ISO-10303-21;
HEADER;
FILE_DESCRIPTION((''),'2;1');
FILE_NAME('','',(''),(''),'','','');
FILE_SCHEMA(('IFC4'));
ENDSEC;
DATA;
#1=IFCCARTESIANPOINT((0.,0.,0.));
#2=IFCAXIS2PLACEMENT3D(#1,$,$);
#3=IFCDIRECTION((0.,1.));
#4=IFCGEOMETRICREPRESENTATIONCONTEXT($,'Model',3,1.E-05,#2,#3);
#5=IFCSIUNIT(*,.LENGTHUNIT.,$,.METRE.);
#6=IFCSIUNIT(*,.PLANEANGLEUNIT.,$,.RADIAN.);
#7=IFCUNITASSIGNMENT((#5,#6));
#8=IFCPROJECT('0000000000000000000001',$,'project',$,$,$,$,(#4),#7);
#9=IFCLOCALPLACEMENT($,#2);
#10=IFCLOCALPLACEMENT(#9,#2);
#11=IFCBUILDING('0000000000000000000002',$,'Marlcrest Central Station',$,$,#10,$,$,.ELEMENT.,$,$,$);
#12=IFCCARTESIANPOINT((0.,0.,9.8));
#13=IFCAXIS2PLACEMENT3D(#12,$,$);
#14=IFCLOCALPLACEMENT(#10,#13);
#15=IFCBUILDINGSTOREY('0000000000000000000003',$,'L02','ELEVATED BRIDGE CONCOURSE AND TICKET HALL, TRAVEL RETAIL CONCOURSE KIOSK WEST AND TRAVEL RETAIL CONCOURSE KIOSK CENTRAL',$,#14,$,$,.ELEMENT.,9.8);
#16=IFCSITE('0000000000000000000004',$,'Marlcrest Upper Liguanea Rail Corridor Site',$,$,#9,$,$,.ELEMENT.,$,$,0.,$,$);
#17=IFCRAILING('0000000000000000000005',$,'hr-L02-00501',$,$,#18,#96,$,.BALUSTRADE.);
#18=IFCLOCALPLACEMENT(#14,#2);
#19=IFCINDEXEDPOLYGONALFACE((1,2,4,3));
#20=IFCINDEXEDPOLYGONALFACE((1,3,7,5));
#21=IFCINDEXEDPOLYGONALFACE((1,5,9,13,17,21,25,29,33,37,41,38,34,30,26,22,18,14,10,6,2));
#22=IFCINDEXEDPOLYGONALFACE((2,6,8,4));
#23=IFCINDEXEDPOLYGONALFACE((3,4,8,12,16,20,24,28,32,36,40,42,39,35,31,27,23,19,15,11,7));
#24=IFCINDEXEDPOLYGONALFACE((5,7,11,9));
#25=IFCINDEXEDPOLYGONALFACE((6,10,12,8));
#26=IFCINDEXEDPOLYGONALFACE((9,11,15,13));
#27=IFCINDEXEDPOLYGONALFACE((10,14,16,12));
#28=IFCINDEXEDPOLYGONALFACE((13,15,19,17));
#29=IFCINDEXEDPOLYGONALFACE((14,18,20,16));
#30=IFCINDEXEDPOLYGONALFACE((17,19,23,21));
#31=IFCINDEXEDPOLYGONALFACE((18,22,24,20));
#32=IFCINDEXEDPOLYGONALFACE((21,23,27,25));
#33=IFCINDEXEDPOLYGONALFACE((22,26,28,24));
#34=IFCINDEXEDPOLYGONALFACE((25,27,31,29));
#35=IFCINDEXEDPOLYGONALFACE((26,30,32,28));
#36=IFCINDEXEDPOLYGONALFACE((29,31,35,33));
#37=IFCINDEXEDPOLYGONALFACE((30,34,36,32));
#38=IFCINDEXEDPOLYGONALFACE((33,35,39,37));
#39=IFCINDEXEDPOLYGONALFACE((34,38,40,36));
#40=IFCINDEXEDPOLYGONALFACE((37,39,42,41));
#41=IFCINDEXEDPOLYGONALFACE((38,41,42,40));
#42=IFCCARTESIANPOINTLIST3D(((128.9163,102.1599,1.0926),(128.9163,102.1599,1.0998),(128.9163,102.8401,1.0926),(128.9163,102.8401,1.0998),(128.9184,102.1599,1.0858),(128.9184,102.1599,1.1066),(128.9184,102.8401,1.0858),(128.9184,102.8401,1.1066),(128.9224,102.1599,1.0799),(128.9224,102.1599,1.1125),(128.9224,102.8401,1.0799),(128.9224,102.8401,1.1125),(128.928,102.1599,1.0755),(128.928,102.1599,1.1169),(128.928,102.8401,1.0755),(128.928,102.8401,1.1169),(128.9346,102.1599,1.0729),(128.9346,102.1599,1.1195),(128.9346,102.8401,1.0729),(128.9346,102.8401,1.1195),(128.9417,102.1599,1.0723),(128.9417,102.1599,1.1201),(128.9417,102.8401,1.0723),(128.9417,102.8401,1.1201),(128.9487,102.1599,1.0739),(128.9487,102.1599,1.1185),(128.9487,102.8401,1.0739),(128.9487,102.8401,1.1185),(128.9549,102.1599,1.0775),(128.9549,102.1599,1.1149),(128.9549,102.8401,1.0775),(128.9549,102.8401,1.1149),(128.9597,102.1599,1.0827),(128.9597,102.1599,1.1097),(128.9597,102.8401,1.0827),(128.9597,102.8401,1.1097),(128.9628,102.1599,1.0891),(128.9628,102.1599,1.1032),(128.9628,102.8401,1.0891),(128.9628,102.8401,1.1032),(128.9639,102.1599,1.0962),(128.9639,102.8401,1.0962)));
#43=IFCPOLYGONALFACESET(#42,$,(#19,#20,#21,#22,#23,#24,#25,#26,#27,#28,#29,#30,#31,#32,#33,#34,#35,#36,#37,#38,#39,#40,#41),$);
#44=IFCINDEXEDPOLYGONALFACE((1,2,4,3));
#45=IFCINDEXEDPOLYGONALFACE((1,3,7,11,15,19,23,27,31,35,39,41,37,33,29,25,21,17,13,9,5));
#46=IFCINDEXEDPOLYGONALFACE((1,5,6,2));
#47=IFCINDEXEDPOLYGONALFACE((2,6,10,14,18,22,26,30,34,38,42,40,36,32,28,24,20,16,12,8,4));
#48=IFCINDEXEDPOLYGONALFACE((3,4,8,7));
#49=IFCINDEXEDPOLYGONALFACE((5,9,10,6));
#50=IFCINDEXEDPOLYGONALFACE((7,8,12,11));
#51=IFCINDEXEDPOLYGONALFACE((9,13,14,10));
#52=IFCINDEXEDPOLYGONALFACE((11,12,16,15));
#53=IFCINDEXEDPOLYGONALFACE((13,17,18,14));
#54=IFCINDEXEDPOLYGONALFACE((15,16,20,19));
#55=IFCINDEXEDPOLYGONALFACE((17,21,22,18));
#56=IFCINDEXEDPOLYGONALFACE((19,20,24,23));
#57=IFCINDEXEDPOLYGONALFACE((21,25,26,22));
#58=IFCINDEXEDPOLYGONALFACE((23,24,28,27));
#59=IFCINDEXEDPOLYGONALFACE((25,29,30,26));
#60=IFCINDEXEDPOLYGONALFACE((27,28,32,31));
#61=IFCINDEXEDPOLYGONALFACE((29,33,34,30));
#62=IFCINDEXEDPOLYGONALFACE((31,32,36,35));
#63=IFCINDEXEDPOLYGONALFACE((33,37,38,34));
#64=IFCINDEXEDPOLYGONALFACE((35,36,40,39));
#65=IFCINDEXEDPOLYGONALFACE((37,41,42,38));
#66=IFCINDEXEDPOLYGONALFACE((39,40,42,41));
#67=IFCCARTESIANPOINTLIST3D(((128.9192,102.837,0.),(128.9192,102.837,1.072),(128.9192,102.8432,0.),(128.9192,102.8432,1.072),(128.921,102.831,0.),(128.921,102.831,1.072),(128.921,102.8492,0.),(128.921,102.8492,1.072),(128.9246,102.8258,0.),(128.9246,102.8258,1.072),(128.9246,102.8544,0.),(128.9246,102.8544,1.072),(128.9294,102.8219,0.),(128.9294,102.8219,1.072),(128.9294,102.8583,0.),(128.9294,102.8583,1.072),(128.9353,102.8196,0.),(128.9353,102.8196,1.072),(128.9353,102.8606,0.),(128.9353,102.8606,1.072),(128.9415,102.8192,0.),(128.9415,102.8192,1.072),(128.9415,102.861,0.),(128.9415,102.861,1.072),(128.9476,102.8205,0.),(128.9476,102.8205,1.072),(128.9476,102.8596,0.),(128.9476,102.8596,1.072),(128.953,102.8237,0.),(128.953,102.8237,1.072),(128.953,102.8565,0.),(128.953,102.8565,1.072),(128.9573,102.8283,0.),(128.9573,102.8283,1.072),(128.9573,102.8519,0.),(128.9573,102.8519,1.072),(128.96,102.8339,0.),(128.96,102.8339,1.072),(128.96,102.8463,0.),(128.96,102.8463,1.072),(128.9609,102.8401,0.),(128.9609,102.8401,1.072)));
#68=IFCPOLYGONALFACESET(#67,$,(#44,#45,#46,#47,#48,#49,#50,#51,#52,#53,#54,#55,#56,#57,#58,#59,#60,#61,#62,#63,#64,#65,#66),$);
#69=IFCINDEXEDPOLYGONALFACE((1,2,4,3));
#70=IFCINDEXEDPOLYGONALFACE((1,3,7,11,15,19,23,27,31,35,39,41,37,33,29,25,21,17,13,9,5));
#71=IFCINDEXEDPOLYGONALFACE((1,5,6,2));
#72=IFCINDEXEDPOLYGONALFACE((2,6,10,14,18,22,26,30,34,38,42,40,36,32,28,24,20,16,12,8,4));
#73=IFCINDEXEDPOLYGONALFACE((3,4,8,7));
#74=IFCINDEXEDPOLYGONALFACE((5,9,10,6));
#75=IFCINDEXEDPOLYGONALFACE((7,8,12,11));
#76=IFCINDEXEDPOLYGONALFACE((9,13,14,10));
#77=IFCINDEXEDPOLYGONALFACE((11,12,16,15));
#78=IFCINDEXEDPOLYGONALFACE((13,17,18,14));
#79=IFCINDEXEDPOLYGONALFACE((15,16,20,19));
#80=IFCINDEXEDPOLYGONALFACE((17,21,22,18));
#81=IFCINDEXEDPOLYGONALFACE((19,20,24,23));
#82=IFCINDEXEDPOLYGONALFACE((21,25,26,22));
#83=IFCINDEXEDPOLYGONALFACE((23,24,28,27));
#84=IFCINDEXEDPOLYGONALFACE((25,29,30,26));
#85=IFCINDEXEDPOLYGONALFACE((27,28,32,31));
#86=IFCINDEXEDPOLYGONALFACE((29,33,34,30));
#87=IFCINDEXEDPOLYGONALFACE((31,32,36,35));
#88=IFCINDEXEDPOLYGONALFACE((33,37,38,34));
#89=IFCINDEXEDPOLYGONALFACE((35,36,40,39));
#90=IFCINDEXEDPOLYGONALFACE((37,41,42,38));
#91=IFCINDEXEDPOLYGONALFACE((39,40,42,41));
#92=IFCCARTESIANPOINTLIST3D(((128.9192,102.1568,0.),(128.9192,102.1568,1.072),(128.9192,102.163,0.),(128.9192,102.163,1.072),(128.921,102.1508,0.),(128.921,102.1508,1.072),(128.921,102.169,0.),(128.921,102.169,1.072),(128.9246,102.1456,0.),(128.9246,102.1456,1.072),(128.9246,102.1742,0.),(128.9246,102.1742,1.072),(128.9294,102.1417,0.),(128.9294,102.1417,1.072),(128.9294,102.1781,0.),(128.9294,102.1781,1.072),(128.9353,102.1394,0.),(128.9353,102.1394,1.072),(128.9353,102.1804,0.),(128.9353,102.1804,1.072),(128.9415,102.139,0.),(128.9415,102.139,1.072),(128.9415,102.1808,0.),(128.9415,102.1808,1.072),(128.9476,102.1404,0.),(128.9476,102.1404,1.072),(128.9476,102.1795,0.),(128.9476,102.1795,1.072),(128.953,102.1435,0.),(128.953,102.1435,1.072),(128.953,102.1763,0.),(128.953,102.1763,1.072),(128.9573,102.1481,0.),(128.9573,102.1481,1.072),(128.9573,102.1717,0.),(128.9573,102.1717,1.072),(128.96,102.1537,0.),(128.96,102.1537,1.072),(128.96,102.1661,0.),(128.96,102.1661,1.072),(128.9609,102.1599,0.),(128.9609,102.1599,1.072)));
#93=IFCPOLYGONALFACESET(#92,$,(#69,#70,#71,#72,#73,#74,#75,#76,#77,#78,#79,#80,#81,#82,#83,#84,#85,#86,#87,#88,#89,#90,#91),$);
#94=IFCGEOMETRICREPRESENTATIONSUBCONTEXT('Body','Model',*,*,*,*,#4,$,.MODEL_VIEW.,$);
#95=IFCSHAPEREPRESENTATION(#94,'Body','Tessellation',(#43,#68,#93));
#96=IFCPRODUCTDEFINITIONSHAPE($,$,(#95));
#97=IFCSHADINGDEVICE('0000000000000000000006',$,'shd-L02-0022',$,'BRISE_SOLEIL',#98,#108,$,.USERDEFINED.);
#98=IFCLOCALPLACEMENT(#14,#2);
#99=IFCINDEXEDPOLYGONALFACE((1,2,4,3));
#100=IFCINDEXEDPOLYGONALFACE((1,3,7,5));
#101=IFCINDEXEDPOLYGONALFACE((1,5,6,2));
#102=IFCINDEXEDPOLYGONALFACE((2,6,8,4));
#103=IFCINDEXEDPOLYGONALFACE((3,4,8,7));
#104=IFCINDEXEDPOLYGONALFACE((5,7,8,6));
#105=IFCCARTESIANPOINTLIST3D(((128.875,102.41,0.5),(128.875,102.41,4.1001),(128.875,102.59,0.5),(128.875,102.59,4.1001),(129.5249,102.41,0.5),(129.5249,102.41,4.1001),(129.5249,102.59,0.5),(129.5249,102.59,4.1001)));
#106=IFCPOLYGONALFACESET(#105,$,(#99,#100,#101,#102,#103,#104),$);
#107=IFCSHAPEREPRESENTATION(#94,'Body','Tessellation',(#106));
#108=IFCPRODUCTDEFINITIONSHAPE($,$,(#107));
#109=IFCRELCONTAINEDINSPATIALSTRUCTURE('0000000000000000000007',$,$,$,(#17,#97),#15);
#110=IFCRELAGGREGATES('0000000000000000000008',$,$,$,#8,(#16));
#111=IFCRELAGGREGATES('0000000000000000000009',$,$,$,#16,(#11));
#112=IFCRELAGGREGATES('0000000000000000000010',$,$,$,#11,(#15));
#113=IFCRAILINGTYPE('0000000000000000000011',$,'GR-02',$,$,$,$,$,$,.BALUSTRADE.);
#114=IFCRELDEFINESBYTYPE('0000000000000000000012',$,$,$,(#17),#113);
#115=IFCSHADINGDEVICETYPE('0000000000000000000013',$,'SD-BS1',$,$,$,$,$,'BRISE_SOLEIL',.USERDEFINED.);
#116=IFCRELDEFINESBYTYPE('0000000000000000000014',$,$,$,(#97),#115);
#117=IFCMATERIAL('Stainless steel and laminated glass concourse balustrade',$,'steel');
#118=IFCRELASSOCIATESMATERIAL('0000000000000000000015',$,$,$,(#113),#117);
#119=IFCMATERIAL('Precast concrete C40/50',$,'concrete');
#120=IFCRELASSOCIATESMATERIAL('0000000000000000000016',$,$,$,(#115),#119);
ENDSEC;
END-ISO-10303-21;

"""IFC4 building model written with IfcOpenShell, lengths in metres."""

from ifc_helpers import new_model, si_unit, direction, frame, origin, origin_2d, place, context, subcontext, project, spatial, rectangle, circle, extrude, material, type_object, element, save


model = new_model("IFC4")

# Units and contexts
model_context = context("Model", 3, precision=1e-05, world=origin(), true_north=direction((0.0, 1.0)))
body_context = subcontext(model_context, "Body", "Model", "MODEL_VIEW")
ifc_project = project(units=[si_unit("LENGTHUNIT", "METRE"), si_unit("PLANEANGLEUNIT", "RADIAN")], contexts=[model_context])

# Site, building, storey
site_placement = place(None, origin())
site = spatial("IfcSite", under=ifc_project, at=site_placement, Name="Marlcrest Upper Liguanea Rail Corridor Site", CompositionType="ELEMENT", RefElevation=0.0)
building_placement = place(site_placement, origin())
building = spatial("IfcBuilding", under=site, at=building_placement, Name="Marlcrest Central Station", CompositionType="ELEMENT")
storey_placement = place(building_placement, frame((0.0, 0.0, 9.8)))
storey = spatial("IfcBuildingStorey", under=building, at=storey_placement, Name="L02", Description="ELEVATED BRIDGE CONCOURSE AND TICKET HALL, TRAVEL RETAIL CONCOURSE KIOSK WEST AND TRAVEL RETAIL CONCOURSE KIOSK CENTRAL", CompositionType="ELEMENT", Elevation=9.8)

# Railing
ifc_material_1 = material(Name="Stainless steel and laminated glass concourse balustrade", Category="steel")
railing_type = type_object("IfcRailingType", Name="GR-02", PredefinedType="BALUSTRADE", material=ifc_material_1)
railing_placement = place(storey_placement, frame((128.9399, 102.8401, 0.0)))
element("IfcRailing", 1, at=railing_placement, inside=storey, type_object=railing_type, Name="hr-L02-00501", PredefinedType="BALUSTRADE", context=body_context, shape_type="SweptSolid", body=[
    extrude(circle(Radius=0.0239, at=origin_2d()), frame((0.0, 0.0, 1.0962), z_axis=(0.0, -1.0, 0.0), x_axis=(1.0, 0.0, 0.0)), (0.0, 0.0, 1.0), 0.6802),
    extrude(circle(Radius=0.021, at=origin_2d()), origin(), (0.0, 0.0, 1.0), 1.072),
    extrude(circle(Radius=0.021, at=origin_2d()), frame((0.0, -0.6802, 0.0)), (0.0, 0.0, 1.0), 1.072),
])

# Shading device
ifc_material_2 = material(Name="Precast concrete C40/50", Category="concrete")
shading_device_type = type_object("IfcShadingDeviceType", Name="SD-BS1", ElementType="BRISE_SOLEIL", PredefinedType="USERDEFINED", material=ifc_material_2)
shading_device_placement = place(storey_placement, frame((129.2, 102.5, 0.5), z_axis=(0.0, 0.0, 1.0), x_axis=(0.0, 1.0, 0.0)))
element("IfcShadingDevice", 2, at=shading_device_placement, inside=storey, type_object=shading_device_type, Name="shd-L02-0022", ObjectType="BRISE_SOLEIL", PredefinedType="USERDEFINED", context=body_context, shape_type="SweptSolid", body=[
    extrude(rectangle(XDim=0.1799, YDim=0.6499, at=origin_2d()), origin(), (0.0, 0.0, 1.0), 3.6001),
])

save(model, "model.ifc")
